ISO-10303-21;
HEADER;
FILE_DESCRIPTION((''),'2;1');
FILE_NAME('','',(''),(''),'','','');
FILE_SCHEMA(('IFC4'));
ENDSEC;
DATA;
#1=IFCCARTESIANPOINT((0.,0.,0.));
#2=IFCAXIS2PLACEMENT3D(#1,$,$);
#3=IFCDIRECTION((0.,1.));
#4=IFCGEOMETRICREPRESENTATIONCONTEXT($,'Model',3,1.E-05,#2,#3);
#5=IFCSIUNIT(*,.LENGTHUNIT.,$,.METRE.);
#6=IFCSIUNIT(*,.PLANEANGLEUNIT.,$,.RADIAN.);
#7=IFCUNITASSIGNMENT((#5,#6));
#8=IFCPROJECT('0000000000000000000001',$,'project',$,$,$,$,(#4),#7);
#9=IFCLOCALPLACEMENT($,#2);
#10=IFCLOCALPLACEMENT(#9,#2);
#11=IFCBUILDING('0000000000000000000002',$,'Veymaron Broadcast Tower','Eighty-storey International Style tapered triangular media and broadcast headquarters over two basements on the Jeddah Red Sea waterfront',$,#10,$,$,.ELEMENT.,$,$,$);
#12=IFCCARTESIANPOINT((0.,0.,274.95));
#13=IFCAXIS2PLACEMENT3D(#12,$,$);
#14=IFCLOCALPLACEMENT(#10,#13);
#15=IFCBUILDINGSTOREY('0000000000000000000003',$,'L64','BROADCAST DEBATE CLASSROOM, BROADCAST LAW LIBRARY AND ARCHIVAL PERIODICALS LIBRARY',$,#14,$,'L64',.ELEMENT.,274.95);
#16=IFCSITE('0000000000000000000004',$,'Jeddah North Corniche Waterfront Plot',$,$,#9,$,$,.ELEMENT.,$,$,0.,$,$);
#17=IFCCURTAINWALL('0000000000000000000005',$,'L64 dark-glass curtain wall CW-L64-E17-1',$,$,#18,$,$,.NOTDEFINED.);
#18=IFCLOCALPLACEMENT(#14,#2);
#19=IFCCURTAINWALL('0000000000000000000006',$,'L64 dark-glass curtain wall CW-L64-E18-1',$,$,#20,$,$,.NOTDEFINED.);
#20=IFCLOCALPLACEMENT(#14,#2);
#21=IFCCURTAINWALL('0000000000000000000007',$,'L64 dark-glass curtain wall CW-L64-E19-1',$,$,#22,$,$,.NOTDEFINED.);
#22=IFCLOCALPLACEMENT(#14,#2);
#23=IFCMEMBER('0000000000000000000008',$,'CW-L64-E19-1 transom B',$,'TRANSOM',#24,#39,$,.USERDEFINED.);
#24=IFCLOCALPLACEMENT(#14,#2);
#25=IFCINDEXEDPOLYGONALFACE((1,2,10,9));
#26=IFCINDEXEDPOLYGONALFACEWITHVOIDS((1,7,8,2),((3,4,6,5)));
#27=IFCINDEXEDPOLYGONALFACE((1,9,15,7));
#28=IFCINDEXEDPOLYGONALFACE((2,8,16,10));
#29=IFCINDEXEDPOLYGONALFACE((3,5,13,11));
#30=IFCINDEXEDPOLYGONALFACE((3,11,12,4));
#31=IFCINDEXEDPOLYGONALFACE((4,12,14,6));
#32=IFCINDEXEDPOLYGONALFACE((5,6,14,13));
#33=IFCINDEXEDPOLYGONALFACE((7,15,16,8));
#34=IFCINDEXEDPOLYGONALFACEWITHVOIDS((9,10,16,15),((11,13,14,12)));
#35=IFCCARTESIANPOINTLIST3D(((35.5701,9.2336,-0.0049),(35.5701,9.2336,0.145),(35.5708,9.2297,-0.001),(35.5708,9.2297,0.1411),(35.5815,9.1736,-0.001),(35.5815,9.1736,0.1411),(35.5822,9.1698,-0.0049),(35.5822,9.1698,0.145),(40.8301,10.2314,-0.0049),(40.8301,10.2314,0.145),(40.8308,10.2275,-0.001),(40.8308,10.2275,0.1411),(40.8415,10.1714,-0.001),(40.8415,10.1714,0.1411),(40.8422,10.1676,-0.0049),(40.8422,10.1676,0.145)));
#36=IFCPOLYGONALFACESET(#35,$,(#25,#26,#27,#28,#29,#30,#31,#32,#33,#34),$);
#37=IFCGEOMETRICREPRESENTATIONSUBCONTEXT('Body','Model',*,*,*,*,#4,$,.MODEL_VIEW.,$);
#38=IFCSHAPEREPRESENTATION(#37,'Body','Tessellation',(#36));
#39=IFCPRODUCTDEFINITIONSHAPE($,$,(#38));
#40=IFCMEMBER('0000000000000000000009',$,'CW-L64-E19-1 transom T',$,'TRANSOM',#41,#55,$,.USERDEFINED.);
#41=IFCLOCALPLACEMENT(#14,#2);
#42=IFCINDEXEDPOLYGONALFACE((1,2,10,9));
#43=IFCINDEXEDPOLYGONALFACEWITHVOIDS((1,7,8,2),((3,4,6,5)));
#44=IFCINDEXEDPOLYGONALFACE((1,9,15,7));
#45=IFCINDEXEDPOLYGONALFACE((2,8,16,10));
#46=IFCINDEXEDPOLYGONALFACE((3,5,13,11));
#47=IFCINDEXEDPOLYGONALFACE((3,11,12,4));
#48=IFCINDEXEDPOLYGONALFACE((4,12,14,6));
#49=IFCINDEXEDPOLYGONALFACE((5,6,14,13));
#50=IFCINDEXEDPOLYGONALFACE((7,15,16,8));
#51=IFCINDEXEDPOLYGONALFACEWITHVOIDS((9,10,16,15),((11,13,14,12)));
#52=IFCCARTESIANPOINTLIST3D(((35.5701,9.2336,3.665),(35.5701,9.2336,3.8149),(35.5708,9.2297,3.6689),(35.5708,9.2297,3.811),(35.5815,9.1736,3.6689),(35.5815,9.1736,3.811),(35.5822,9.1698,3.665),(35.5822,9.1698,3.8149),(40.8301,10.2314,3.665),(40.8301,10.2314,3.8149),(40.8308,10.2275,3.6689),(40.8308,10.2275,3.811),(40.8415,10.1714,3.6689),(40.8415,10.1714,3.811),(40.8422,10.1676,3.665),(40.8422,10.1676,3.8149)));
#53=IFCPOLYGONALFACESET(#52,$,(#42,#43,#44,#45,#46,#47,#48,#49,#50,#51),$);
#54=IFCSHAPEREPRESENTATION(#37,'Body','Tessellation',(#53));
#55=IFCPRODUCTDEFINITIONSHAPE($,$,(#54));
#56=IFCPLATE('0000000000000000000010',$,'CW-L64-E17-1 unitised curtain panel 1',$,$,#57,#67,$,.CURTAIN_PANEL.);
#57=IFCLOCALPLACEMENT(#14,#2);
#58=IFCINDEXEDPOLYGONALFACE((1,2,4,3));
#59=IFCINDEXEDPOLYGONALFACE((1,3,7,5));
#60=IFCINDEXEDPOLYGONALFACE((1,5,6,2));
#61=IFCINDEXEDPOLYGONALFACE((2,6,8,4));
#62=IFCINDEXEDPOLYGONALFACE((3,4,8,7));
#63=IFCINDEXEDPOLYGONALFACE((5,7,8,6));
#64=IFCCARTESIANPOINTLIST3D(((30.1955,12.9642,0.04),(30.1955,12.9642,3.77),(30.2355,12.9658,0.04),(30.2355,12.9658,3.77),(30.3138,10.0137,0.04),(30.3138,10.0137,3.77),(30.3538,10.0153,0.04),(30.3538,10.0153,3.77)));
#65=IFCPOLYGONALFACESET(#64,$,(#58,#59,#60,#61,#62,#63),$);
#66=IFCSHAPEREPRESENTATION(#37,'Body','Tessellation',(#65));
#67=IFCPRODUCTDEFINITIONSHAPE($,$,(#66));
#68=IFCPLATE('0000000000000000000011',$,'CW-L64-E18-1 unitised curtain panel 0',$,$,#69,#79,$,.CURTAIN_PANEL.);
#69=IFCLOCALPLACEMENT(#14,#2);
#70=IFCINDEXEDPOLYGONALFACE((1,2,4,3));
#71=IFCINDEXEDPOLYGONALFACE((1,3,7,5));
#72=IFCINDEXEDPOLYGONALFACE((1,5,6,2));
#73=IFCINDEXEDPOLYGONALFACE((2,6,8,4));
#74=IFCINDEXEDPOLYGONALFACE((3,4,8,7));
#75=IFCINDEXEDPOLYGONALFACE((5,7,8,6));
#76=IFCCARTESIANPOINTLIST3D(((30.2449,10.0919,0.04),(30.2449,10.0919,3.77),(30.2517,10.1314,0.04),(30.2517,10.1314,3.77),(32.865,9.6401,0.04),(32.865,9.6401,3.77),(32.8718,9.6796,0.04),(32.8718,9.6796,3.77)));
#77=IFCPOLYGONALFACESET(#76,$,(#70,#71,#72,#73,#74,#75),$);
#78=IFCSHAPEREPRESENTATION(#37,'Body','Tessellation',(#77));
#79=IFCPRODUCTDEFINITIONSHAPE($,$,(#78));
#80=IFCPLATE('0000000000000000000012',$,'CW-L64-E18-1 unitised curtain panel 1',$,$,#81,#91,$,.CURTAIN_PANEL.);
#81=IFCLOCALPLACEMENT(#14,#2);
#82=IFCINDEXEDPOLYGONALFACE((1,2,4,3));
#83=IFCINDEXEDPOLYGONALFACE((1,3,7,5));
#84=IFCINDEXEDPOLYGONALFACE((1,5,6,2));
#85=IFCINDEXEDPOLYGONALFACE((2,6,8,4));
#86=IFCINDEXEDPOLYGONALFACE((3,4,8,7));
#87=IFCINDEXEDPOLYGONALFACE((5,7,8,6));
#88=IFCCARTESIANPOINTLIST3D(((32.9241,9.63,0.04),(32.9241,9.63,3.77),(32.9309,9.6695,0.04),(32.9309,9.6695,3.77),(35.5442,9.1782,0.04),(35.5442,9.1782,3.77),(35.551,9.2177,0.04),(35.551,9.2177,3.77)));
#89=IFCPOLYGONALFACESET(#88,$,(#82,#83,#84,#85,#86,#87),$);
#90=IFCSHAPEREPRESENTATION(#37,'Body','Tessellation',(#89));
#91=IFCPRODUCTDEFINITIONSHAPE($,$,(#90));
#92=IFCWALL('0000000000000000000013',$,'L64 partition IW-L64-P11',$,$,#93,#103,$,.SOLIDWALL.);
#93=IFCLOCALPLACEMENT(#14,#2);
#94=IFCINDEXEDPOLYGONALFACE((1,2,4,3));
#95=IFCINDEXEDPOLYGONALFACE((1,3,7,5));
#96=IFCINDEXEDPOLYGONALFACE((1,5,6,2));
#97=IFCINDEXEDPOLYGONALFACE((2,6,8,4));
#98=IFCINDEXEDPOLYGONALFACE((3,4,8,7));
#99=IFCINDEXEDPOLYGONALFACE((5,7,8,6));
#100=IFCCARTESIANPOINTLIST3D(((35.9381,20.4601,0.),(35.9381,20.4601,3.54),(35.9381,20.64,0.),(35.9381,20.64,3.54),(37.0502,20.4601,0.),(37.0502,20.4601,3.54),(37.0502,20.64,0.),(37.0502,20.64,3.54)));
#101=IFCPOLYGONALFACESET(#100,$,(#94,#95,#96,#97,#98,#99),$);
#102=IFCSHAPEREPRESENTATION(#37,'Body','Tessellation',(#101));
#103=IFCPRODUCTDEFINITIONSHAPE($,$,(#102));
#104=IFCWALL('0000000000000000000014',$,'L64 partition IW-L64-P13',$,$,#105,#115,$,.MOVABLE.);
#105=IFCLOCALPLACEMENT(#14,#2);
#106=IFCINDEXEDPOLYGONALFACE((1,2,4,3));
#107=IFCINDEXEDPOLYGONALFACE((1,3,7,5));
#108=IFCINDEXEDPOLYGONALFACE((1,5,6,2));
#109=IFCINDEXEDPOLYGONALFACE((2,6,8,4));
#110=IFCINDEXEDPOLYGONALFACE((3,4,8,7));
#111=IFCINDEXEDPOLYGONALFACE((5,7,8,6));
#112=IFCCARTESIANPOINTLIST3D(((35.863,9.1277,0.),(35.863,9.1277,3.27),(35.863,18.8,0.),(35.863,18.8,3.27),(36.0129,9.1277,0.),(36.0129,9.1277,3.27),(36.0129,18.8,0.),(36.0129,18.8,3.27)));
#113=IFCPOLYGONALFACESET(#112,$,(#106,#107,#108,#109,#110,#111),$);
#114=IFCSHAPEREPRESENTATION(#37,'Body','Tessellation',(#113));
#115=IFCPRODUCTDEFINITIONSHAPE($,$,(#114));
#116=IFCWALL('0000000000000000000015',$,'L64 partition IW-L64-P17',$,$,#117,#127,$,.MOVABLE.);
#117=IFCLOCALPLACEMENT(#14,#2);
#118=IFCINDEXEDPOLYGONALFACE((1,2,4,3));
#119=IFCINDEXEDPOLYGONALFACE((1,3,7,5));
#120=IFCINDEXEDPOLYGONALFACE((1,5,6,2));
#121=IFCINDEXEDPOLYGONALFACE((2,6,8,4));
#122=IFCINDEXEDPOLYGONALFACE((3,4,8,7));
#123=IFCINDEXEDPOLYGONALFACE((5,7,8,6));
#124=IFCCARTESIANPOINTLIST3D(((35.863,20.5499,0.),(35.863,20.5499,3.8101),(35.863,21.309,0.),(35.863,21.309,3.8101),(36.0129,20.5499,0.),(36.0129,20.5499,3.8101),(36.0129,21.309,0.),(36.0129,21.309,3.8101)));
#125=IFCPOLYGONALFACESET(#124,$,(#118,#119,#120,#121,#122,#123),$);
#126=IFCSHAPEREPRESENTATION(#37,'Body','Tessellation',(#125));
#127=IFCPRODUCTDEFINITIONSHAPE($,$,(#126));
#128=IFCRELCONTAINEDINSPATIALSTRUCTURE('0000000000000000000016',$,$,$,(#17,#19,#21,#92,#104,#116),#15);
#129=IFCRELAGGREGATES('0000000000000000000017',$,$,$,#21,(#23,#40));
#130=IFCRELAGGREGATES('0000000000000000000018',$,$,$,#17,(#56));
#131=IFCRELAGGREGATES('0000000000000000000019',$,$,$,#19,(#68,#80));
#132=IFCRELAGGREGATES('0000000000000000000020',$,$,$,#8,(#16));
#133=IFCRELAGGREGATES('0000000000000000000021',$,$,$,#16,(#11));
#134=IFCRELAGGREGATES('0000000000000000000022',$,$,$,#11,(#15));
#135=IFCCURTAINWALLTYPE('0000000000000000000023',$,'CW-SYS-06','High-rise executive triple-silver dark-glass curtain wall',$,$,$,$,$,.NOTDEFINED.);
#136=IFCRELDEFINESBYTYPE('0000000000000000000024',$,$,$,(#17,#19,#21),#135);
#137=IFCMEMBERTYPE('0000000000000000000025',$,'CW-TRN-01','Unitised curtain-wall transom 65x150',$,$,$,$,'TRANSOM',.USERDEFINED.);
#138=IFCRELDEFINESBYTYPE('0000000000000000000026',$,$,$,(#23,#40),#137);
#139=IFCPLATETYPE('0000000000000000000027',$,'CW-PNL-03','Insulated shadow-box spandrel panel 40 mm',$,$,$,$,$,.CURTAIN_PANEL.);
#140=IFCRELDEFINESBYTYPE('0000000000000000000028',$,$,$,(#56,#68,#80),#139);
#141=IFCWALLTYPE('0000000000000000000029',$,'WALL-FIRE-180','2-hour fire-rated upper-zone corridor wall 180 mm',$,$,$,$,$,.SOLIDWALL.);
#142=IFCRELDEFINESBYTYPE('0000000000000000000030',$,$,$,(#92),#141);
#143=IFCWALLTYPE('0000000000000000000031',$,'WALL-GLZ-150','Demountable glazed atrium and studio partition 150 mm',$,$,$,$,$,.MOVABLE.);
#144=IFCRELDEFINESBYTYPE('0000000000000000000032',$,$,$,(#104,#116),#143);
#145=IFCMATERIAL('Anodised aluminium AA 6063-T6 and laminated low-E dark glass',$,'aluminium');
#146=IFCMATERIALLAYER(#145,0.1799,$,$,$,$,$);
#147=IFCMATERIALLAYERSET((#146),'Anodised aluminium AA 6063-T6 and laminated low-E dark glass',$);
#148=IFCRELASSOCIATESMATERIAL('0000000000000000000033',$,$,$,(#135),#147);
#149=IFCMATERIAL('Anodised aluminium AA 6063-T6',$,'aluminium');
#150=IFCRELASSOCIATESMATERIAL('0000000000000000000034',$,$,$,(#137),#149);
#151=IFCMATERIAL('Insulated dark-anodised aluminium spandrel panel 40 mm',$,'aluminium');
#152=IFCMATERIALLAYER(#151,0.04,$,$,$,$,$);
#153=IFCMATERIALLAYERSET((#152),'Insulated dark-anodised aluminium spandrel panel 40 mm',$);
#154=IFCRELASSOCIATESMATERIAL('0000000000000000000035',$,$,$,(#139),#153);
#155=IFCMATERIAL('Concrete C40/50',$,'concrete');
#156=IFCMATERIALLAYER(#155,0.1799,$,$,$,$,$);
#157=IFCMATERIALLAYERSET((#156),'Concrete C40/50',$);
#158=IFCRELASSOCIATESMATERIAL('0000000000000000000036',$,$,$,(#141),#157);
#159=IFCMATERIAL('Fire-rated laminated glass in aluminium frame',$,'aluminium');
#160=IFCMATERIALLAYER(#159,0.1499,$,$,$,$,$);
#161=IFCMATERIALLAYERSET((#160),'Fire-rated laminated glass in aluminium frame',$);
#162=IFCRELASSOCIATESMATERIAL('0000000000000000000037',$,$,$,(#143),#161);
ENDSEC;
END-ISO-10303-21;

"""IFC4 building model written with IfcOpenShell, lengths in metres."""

from ifc_helpers import new_model, si_unit, direction, frame, frame_2d, origin, origin_2d, place, context, subcontext, project, spatial, rectangle, hollow_rectangle, extrude, material, layer, layer_set, material_profile, profile_set, type_object, element, aggregate, save


model = new_model("IFC4")

# Units and contexts
model_context = context("Model", 3, precision=1e-05, world=origin(), true_north=direction((0.0, 1.0)))
body_context = subcontext(model_context, "Body", "Model", "MODEL_VIEW")
ifc_project = project(units=[si_unit("LENGTHUNIT", "METRE"), si_unit("PLANEANGLEUNIT", "RADIAN")], contexts=[model_context])

# Site, building, storey
site_placement = place(None, origin())
site = spatial("IfcSite", under=ifc_project, at=site_placement, Name="Jeddah North Corniche Waterfront Plot", CompositionType="ELEMENT", RefElevation=0.0)
building_placement = place(site_placement, origin())
building = spatial("IfcBuilding", under=site, at=building_placement, Name="Veymaron Broadcast Tower", Description="Eighty-storey International Style tapered triangular media and broadcast headquarters over two basements on the Jeddah Red Sea waterfront", CompositionType="ELEMENT")
storey_placement = place(building_placement, frame((0.0, 0.0, 274.95)))
storey = spatial("IfcBuildingStorey", under=building, at=storey_placement, Name="L64", Description="BROADCAST DEBATE CLASSROOM, BROADCAST LAW LIBRARY AND ARCHIVAL PERIODICALS LIBRARY", LongName="L64", CompositionType="ELEMENT", Elevation=274.95)

# Curtain walls
ifc_material_1 = material(Name="Anodised aluminium AA 6063-T6 and laminated low-E dark glass", Category="aluminium")
ifc_layer_1 = layer(ifc_material_1, 0.1799)
ifc_layer_set_1 = layer_set([ifc_layer_1], Name="Anodised aluminium AA 6063-T6 and laminated low-E dark glass")
curtain_wall_type = type_object("IfcCurtainWallType", Name="CW-SYS-06", Description="High-rise executive triple-silver dark-glass curtain wall", PredefinedType="NOTDEFINED", material=ifc_layer_set_1)
curtain_wall_1_placement = place(storey_placement, origin())
curtain_wall_1 = element("IfcCurtainWall", 1, at=curtain_wall_1_placement, inside=storey, type_object=curtain_wall_type, Name="L64 dark-glass curtain wall CW-L64-E17-1", PredefinedType="NOTDEFINED")
ifc_material_2 = material(Name="Anodised aluminium AA 6063-T6", Category="aluminium")
curtain_wall_2_placement = place(storey_placement, origin())
curtain_wall_2 = element("IfcCurtainWall", 2, at=curtain_wall_2_placement, inside=storey, type_object=curtain_wall_type, Name="L64 dark-glass curtain wall CW-L64-E18-1", PredefinedType="NOTDEFINED")

# Curtain wall
curtain_wall_3_placement = place(storey_placement, origin())
curtain_wall_3 = element("IfcCurtainWall", 3, at=curtain_wall_3_placement, inside=storey, type_object=curtain_wall_type, Name="L64 dark-glass curtain wall CW-L64-E19-1", PredefinedType="NOTDEFINED")

# Members
ifc_material_profile_1 = material_profile(ifc_material_2, hollow_rectangle(XDim=0.0649, YDim=0.1499, WallThickness=0.0039, at=origin_2d()), Name="AL150X65X4")
ifc_profile_set_1 = profile_set([ifc_material_profile_1], Name="Anodised aluminium AA 6063-T6")
member_type_1 = type_object("IfcMemberType", Name="CW-TRN-01", Description="Unitised curtain-wall transom 65x150", ElementType="TRANSOM", PredefinedType="USERDEFINED", material=ifc_profile_set_1)
member_1_placement = place(storey_placement, frame((35.5762, 9.2017, 0.0701), z_axis=(0.982479, 0.186372, 0.0), x_axis=(-0.186372, 0.982479, 0.0)))
member_1 = element("IfcMember", 4, at=member_1_placement, type_object=member_type_1, Name="CW-L64-E19-1 transom B", ObjectType="TRANSOM", PredefinedType="USERDEFINED", context=body_context, shape_type="SweptSolid", body=[
    extrude(hollow_rectangle(XDim=0.0649, YDim=0.1499, WallThickness=0.0039, at=origin_2d()), origin(), (0.0, 0.0, 1.0), 5.3538),
])
member_2_placement = place(storey_placement, frame((35.5762, 9.2017, 3.74), z_axis=(0.982479, 0.186372, 0.0), x_axis=(-0.186372, 0.982479, 0.0)))
member_2 = element("IfcMember", 5, at=member_2_placement, type_object=member_type_1, Name="CW-L64-E19-1 transom T", ObjectType="TRANSOM", PredefinedType="USERDEFINED", context=body_context, shape_type="SweptSolid", body=[
    extrude(hollow_rectangle(XDim=0.0649, YDim=0.1499, WallThickness=0.0039, at=origin_2d()), origin(), (0.0, 0.0, 1.0), 5.3538),
])
aggregate(curtain_wall_3, [member_1, member_2])

# Plates
ifc_material_3 = material(Name="Insulated dark-anodised aluminium spandrel panel 40 mm", Category="aluminium")
ifc_layer_2 = layer(ifc_material_3, 0.04)
ifc_layer_set_2 = layer_set([ifc_layer_2], Name="Insulated dark-anodised aluminium spandrel panel 40 mm")
plate_type = type_object("IfcPlateType", Name="CW-PNL-03", Description="Insulated shadow-box spandrel panel 40 mm", PredefinedType="CURTAIN_PANEL", material=ifc_layer_set_2)
plate_1_placement = place(storey_placement, frame((30.2747, 11.4897, 0.04), z_axis=(0.0, 0.0, 1.0), x_axis=(0.040045, -0.999198, 0.0)))
plate_1 = element("IfcPlate", 6, at=plate_1_placement, type_object=plate_type, Name="CW-L64-E17-1 unitised curtain panel 1", PredefinedType="CURTAIN_PANEL", context=body_context, shape_type="SweptSolid", body=[
    extrude(rectangle(XDim=2.9529, YDim=0.04, at=origin_2d()), origin(), (0.0, 0.0, 1.0), 3.73),
])
aggregate(curtain_wall_1, [plate_1])
plate_2_placement = place(storey_placement, frame((31.5583, 9.8857, 0.04), z_axis=(0.0, 0.0, 1.0), x_axis=(0.985455, -0.169934, 0.0)))
plate_2 = element("IfcPlate", 7, at=plate_2_placement, type_object=plate_type, Name="CW-L64-E18-1 unitised curtain panel 0", PredefinedType="CURTAIN_PANEL", context=body_context, shape_type="SweptSolid", body=[
    extrude(rectangle(XDim=2.6587, YDim=0.04, at=origin_2d()), origin(), (0.0, 0.0, 1.0), 3.73),
])
plate_3_placement = place(storey_placement, frame((34.2375, 9.4238, 0.04), z_axis=(0.0, 0.0, 1.0), x_axis=(0.985455, -0.169934, 0.0)))
plate_3 = element("IfcPlate", 8, at=plate_3_placement, type_object=plate_type, Name="CW-L64-E18-1 unitised curtain panel 1", PredefinedType="CURTAIN_PANEL", context=body_context, shape_type="SweptSolid", body=[
    extrude(rectangle(XDim=2.6587, YDim=0.04, at=origin_2d()), origin(), (0.0, 0.0, 1.0), 3.73),
])
aggregate(curtain_wall_2, [plate_2, plate_3])

# Shared definitions
ifc_material_4 = material(Name="Concrete C40/50", Category="concrete")
ifc_layer_3 = layer(ifc_material_4, 0.1799)
ifc_layer_set_3 = layer_set([ifc_layer_3], Name="Concrete C40/50")
wall_type_1 = type_object("IfcWallType", Name="WALL-FIRE-180", Description="2-hour fire-rated upper-zone corridor wall 180 mm", PredefinedType="SOLIDWALL", material=ifc_layer_set_3)

# Walls
wall_1_placement = place(storey_placement, frame((35.938, 20.55, 0.0), z_axis=(0.0, 0.0, 1.0), x_axis=(1.0, 0.0, 0.0)))
element("IfcWall", 9, at=wall_1_placement, inside=storey, type_object=wall_type_1, Name="L64 partition IW-L64-P11", PredefinedType="SOLIDWALL", context=body_context, shape_type="SweptSolid", body=[
    extrude(rectangle(XDim=1.1121, YDim=0.1799, at=frame_2d((0.5562, 0.0))), origin(), (0.0, 0.0, 1.0), 3.54),
])
ifc_material_5 = material(Name="Fire-rated laminated glass in aluminium frame", Category="aluminium")
ifc_layer_4 = layer(ifc_material_5, 0.1499)
ifc_layer_set_4 = layer_set([ifc_layer_4], Name="Fire-rated laminated glass in aluminium frame")
wall_type_2 = type_object("IfcWallType", Name="WALL-GLZ-150", Description="Demountable glazed atrium and studio partition 150 mm", PredefinedType="MOVABLE", material=ifc_layer_set_4)
wall_2_placement = place(storey_placement, frame((35.938, 9.1277, 0.0), z_axis=(0.0, 0.0, 1.0), x_axis=(0.0, 1.0, 0.0)))
element("IfcWall", 10, at=wall_2_placement, inside=storey, type_object=wall_type_2, Name="L64 partition IW-L64-P13", PredefinedType="MOVABLE", context=body_context, shape_type="SweptSolid", body=[
    extrude(rectangle(XDim=9.6724, YDim=0.1499, at=frame_2d((4.8362, 0.0))), origin(), (0.0, 0.0, 1.0), 3.27),
])
wall_3_placement = place(storey_placement, frame((35.938, 20.55, 0.0), z_axis=(0.0, 0.0, 1.0), x_axis=(0.0, 1.0, 0.0)))
element("IfcWall", 11, at=wall_3_placement, inside=storey, type_object=wall_type_2, Name="L64 partition IW-L64-P17", PredefinedType="MOVABLE", context=body_context, shape_type="SweptSolid", body=[
    extrude(rectangle(XDim=0.759, YDim=0.1499, at=frame_2d((0.3794, 0.0))), origin(), (0.0, 0.0, 1.0), 3.8101),
])

save(model, "model.ifc")
